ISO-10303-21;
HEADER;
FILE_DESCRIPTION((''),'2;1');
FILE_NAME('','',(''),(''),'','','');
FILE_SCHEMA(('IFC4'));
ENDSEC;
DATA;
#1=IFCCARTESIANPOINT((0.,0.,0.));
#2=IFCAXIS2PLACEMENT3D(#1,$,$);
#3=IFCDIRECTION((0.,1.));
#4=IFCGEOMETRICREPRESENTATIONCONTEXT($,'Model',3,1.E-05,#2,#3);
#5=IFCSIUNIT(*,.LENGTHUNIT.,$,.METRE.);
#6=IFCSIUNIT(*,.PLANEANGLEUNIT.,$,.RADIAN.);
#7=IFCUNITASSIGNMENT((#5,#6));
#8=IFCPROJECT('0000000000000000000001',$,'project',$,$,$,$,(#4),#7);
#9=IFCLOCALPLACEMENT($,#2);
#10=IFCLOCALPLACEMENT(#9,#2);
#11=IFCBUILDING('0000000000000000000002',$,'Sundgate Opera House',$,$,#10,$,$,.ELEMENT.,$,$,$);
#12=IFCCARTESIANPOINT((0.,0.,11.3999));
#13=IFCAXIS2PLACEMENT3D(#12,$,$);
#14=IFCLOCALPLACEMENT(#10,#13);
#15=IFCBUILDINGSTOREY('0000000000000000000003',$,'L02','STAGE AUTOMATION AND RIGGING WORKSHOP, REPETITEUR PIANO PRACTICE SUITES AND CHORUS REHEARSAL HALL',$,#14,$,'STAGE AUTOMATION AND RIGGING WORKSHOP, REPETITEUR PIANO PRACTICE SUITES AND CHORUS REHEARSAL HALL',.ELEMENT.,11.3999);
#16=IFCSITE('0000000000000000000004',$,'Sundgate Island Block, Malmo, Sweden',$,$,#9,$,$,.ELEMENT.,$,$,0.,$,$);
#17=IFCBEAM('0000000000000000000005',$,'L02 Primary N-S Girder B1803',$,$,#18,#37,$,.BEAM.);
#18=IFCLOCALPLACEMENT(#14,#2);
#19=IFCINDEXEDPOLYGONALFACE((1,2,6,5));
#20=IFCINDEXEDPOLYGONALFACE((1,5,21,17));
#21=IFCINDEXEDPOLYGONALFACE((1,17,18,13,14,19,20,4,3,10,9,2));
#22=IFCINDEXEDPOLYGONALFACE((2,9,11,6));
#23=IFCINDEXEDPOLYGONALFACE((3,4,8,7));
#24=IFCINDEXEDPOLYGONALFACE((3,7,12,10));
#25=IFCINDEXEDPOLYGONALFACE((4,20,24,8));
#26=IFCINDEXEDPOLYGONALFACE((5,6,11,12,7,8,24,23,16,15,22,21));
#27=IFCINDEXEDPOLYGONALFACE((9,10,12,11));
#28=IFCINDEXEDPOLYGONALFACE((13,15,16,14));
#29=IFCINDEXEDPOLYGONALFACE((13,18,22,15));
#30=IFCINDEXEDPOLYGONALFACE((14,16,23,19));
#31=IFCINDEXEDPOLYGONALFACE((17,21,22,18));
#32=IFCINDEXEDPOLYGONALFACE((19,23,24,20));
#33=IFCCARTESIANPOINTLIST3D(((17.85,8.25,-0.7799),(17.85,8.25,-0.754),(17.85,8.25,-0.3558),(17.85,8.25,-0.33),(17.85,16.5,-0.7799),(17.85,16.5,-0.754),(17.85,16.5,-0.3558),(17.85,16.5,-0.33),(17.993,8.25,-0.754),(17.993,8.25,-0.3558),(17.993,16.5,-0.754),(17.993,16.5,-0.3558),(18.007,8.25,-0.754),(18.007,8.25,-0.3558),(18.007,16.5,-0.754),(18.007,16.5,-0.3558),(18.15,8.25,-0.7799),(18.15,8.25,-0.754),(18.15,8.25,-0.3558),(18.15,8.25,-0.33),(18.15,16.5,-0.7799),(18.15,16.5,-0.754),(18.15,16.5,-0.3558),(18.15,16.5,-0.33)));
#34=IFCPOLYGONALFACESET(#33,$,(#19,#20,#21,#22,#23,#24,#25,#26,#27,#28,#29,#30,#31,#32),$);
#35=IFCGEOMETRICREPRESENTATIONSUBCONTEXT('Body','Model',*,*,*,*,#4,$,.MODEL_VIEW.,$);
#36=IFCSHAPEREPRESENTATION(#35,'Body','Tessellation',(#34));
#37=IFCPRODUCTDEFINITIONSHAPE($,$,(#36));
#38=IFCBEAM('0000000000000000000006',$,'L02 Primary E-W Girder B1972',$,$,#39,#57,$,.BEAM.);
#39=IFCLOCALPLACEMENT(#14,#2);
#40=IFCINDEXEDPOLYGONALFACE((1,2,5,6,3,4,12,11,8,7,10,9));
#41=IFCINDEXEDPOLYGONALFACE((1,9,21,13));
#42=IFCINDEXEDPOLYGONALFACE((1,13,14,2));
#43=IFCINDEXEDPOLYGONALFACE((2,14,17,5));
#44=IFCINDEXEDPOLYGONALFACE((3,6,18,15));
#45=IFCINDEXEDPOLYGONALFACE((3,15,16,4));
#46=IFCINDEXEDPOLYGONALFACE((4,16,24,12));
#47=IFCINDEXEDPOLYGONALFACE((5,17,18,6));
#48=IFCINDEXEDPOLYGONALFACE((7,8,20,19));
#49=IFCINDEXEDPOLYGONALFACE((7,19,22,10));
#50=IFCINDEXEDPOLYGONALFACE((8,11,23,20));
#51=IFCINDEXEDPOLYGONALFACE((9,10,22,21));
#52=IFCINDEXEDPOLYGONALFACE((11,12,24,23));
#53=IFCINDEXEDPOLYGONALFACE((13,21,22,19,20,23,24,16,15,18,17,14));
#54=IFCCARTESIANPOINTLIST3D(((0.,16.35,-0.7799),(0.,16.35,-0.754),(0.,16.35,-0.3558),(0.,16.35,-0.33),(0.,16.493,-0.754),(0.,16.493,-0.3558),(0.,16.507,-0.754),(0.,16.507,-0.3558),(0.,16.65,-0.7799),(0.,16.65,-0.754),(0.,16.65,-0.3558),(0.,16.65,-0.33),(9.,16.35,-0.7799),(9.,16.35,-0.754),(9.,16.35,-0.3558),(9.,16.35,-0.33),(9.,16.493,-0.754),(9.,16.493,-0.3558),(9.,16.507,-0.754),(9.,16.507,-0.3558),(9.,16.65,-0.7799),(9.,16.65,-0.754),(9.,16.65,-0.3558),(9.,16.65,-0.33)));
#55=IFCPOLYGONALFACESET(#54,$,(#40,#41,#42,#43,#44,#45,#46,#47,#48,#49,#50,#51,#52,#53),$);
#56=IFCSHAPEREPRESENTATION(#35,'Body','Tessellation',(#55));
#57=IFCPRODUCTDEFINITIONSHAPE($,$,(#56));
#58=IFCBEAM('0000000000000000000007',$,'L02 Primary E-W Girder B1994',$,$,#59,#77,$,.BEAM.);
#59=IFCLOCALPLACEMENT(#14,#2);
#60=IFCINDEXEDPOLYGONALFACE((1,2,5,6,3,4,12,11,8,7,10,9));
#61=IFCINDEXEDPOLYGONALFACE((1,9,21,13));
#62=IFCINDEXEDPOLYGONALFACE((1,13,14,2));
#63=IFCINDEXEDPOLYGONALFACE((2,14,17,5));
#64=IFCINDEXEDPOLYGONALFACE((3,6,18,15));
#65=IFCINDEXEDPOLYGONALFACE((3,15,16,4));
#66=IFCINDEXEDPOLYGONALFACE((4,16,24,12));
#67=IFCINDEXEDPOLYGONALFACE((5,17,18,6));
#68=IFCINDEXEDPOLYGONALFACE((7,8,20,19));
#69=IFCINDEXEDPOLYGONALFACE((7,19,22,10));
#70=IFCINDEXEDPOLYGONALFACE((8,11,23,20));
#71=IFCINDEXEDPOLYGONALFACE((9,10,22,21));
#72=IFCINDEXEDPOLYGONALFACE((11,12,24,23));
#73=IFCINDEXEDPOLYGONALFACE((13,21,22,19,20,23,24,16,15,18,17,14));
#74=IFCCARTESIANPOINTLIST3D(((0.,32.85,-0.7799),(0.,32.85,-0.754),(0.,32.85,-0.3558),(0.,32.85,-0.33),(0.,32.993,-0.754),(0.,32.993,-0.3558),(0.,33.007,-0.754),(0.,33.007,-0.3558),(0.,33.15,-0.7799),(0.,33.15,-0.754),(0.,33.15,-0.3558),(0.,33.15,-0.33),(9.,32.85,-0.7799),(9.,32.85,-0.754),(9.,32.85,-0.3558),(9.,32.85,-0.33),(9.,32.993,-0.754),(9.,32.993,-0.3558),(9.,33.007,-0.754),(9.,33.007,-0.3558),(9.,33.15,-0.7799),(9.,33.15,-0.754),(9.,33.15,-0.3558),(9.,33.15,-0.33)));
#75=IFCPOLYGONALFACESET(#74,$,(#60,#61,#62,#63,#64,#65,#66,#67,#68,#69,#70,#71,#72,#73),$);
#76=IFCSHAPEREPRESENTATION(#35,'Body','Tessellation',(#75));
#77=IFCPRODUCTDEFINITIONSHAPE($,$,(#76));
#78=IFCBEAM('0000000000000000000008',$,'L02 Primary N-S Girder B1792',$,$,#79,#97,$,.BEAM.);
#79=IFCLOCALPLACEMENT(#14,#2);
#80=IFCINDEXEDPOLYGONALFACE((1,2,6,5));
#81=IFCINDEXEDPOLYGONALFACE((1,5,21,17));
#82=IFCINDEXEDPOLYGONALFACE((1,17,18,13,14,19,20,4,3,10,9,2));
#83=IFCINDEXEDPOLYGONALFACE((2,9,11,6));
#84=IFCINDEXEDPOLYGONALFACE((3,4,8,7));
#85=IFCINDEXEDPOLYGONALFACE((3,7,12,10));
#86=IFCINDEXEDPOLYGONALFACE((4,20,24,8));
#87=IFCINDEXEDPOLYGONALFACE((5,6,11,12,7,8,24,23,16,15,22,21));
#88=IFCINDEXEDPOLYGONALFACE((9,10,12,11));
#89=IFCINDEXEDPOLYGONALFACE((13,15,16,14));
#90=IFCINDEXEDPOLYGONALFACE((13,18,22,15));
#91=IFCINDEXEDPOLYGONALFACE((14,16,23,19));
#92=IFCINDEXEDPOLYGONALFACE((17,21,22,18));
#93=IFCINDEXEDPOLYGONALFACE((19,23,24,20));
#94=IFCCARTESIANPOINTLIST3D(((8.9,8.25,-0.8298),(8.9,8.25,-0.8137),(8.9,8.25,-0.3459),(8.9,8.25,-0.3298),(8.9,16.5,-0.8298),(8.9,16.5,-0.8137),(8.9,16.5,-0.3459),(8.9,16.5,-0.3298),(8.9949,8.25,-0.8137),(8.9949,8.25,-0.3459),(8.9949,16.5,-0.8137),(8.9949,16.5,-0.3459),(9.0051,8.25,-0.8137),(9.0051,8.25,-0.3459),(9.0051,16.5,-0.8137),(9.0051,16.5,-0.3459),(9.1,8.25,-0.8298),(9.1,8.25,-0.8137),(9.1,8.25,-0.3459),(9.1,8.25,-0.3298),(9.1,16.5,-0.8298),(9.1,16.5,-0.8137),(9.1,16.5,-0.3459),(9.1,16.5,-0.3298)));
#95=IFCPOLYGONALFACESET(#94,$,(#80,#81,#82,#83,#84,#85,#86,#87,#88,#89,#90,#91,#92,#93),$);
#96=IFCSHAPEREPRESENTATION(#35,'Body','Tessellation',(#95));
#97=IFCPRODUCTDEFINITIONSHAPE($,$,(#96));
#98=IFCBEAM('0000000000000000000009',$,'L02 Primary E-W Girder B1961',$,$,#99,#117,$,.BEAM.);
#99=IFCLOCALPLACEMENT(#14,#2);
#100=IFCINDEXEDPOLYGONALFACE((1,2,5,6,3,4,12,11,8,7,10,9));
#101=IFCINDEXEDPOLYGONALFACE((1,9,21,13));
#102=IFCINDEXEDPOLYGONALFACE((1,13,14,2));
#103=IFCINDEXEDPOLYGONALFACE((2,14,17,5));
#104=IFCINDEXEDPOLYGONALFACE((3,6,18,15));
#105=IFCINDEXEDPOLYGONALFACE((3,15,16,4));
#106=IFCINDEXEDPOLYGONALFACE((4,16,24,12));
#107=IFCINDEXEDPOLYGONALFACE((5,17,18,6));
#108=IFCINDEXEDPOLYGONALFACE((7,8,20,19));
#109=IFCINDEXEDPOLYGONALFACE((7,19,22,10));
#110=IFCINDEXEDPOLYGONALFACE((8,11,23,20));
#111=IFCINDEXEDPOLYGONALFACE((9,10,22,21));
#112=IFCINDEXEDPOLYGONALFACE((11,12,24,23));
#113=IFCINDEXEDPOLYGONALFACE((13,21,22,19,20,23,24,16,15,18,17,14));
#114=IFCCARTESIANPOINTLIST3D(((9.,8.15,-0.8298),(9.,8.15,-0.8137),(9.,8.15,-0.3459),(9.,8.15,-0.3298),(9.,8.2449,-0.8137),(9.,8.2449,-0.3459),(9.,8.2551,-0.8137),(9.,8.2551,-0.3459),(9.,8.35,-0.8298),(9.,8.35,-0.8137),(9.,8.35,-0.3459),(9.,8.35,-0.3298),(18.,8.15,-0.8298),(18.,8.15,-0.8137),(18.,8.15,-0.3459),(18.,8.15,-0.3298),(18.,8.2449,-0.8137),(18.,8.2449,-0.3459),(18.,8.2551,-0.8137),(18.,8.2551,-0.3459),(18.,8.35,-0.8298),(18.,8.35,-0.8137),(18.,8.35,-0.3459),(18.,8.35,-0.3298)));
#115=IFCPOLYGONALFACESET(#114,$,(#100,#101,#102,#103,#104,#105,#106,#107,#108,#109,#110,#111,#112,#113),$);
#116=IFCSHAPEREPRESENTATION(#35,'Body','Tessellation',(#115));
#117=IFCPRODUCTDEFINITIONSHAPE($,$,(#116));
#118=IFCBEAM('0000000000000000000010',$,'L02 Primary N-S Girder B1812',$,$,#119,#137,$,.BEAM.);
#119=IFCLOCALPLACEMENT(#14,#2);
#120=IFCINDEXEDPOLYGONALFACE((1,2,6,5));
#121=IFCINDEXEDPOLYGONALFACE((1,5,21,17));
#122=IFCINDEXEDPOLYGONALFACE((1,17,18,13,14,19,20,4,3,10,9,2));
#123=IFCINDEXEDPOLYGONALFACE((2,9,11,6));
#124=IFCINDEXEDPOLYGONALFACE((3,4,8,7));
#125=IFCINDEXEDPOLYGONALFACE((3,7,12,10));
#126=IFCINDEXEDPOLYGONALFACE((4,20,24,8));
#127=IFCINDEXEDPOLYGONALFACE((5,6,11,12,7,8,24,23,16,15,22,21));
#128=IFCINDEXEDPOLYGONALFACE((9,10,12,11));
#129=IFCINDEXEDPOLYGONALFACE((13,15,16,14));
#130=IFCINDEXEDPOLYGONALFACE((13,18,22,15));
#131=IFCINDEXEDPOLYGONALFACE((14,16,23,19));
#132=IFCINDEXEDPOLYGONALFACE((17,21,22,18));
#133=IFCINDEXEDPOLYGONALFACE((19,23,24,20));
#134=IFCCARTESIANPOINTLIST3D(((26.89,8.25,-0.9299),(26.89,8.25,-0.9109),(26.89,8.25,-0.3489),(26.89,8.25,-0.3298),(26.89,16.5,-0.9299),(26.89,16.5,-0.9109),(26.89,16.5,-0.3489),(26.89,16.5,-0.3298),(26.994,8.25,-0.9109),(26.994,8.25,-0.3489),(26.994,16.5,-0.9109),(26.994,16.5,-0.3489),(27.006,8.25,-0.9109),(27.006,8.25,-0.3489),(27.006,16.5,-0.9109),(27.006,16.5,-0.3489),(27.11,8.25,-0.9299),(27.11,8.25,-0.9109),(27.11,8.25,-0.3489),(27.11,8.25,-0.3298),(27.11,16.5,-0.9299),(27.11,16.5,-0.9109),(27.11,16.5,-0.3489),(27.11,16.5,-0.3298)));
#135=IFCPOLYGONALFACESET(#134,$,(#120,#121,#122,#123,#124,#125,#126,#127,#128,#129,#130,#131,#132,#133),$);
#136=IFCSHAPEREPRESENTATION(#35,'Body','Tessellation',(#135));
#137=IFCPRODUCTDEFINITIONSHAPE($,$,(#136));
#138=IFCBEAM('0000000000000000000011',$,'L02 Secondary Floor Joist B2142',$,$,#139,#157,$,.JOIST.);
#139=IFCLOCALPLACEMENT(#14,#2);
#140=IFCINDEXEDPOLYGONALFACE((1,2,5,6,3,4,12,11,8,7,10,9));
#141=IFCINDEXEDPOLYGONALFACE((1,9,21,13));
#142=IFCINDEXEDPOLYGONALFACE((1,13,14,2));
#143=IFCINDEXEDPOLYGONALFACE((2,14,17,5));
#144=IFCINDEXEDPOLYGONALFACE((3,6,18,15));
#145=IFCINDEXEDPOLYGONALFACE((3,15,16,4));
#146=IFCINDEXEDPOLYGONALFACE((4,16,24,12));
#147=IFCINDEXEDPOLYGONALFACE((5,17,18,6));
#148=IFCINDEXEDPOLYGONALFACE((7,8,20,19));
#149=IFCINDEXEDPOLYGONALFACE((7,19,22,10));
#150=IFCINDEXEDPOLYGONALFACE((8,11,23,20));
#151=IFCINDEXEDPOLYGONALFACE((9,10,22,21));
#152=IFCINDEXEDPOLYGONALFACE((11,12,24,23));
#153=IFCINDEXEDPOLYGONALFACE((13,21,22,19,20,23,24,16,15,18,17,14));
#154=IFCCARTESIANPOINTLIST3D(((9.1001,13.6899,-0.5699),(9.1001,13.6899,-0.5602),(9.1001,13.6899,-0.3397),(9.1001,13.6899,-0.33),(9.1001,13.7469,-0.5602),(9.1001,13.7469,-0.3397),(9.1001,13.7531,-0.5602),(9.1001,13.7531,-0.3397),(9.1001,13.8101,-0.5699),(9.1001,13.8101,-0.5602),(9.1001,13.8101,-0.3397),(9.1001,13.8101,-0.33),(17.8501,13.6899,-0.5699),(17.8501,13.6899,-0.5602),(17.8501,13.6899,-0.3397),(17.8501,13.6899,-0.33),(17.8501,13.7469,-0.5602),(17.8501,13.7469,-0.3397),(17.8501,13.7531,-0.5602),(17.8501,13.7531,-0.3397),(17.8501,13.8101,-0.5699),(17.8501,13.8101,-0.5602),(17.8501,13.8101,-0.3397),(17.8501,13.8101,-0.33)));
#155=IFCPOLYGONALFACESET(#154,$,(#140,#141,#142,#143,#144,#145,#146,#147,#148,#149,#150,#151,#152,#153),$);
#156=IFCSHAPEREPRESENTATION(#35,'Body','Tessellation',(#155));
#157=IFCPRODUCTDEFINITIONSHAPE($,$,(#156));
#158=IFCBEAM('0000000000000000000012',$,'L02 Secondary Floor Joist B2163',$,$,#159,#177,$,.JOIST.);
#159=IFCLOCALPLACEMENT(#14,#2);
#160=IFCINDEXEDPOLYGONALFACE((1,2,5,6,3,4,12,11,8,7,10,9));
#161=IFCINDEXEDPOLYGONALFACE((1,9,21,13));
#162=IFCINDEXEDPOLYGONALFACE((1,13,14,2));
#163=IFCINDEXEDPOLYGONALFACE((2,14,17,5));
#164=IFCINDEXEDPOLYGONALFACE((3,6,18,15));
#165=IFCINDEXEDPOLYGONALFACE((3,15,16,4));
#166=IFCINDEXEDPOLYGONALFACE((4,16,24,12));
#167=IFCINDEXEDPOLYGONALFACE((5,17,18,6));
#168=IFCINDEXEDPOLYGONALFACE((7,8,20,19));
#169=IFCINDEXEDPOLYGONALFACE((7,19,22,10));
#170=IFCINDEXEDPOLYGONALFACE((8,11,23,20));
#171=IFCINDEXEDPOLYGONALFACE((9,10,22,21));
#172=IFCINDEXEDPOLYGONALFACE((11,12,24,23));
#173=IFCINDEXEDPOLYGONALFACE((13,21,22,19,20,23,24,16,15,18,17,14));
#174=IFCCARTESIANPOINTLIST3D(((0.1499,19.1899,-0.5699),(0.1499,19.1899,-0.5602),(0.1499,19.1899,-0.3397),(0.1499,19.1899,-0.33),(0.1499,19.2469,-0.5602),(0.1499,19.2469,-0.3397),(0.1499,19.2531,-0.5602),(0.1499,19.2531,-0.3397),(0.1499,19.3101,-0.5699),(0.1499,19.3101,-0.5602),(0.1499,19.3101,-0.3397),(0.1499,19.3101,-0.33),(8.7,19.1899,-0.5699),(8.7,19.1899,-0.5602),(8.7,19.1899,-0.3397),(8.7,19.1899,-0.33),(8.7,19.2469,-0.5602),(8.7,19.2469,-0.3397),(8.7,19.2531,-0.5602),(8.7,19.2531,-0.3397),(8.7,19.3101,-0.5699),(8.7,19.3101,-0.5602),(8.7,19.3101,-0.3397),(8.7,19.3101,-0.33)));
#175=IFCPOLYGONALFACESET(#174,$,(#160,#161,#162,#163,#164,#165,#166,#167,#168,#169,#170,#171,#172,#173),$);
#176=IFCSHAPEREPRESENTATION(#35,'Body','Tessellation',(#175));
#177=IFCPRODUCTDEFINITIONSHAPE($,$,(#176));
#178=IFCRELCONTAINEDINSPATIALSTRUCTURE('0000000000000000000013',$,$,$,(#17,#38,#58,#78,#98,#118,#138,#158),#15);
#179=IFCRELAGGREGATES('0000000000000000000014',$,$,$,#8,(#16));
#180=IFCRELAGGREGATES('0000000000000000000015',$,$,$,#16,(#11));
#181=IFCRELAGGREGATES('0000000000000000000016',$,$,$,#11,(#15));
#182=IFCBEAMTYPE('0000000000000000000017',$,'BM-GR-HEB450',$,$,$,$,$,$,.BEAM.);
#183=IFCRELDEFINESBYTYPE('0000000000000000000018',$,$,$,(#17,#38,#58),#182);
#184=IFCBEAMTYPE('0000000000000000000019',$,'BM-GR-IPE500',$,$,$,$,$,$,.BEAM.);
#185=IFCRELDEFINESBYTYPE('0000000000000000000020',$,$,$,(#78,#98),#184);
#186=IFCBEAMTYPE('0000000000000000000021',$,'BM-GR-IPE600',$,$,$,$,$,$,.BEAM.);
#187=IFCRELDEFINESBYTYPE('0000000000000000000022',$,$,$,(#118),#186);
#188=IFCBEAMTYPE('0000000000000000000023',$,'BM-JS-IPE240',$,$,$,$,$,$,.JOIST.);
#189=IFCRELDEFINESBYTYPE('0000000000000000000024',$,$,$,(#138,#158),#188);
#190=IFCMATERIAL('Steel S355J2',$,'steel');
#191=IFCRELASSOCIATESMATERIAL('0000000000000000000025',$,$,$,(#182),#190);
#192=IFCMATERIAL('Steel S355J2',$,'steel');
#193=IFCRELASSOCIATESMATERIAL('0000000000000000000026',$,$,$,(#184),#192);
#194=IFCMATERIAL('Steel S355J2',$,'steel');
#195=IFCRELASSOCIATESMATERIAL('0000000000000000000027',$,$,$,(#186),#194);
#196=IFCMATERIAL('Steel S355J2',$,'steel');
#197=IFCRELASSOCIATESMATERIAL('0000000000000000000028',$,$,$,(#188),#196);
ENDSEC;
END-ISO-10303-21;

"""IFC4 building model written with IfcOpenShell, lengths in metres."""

from ifc_helpers import new_model, si_unit, direction, frame, origin, origin_2d, place, context, subcontext, project, spatial, i_section, extrude, material, material_profile, profile_set, type_object, element, save


model = new_model("IFC4")

# Units and contexts
model_context = context("Model", 3, precision=1e-05, world=origin(), true_north=direction((0.0, 1.0)))
body_context = subcontext(model_context, "Body", "Model", "MODEL_VIEW")
ifc_project = project(units=[si_unit("LENGTHUNIT", "METRE"), si_unit("PLANEANGLEUNIT", "RADIAN")], contexts=[model_context])

# Site, building, storey
site_placement = place(None, origin())
site = spatial("IfcSite", under=ifc_project, at=site_placement, Name="Sundgate Island Block, Malmo, Sweden", CompositionType="ELEMENT", RefElevation=0.0)
building_placement = place(site_placement, origin())
building = spatial("IfcBuilding", under=site, at=building_placement, Name="Sundgate Opera House", CompositionType="ELEMENT")
storey_placement = place(building_placement, frame((0.0, 0.0, 11.3999)))
storey = spatial("IfcBuildingStorey", under=building, at=storey_placement, Name="L02", Description="STAGE AUTOMATION AND RIGGING WORKSHOP, REPETITEUR PIANO PRACTICE SUITES AND CHORUS REHEARSAL HALL", LongName="STAGE AUTOMATION AND RIGGING WORKSHOP, REPETITEUR PIANO PRACTICE SUITES AND CHORUS REHEARSAL HALL", CompositionType="ELEMENT", Elevation=11.3999)

# Beams
ifc_material_1 = material(Name="Steel S355J2", Category="steel")
ifc_material_profile_1 = material_profile(ifc_material_1, i_section(OverallWidth=0.3, OverallDepth=0.45, WebThickness=0.0139, FlangeThickness=0.0259, at=origin_2d()), Name="HEB 450")
ifc_profile_set_1 = profile_set([ifc_material_profile_1], Name="Steel S355J2")
beam_type_1 = type_object("IfcBeamType", Name="BM-GR-HEB450", PredefinedType="BEAM", material=ifc_profile_set_1)
beam_1_placement = place(storey_placement, frame((18.0, 8.25, -0.5549), z_axis=(0.0, 1.0, 0.0), x_axis=(-1.0, 0.0, 0.0)))
element("IfcBeam", 1, at=beam_1_placement, inside=storey, type_object=beam_type_1, Name="L02 Primary N-S Girder B1803", PredefinedType="BEAM", context=body_context, shape_type="SweptSolid", body=[
    extrude(i_section(OverallWidth=0.3, OverallDepth=0.45, WebThickness=0.0139, FlangeThickness=0.0259, at=origin_2d()), origin(), (0.0, 0.0, 1.0), 8.25),
])
for number, where, z_axis, x_axis, name in (
    (2, (0.0, 16.5, -0.5549), (1.0, 0.0, 0.0), (0.0, 1.0, 0.0), "L02 Primary E-W Girder B1972"),
    (3, (0.0, 33.0, -0.5549), (1.0, 0.0, 0.0), (0.0, 1.0, 0.0), "L02 Primary E-W Girder B1994"),
):
    element("IfcBeam", number, at=place(storey_placement, frame(where, z_axis=z_axis, x_axis=x_axis)), inside=storey, type_object=beam_type_1, Name=name, PredefinedType="BEAM", context=body_context, shape_type="SweptSolid", body=[
        extrude(i_section(OverallWidth=0.3, OverallDepth=0.45, WebThickness=0.0139, FlangeThickness=0.0259, at=origin_2d()), origin(), (0.0, 0.0, 1.0), 9.0),
    ])
ifc_material_2 = material(Name="Steel S355J2", Category="steel")
ifc_material_profile_2 = material_profile(ifc_material_2, i_section(OverallWidth=0.2, OverallDepth=0.5, WebThickness=0.0103, FlangeThickness=0.0161, at=origin_2d()), Name="IPE 500")
ifc_profile_set_2 = profile_set([ifc_material_profile_2], Name="Steel S355J2")
beam_type_2 = type_object("IfcBeamType", Name="BM-GR-IPE500", PredefinedType="BEAM", material=ifc_profile_set_2)
beam_2_placement = place(storey_placement, frame((9.0, 8.25, -0.5798), z_axis=(0.0, 1.0, 0.0), x_axis=(-1.0, 0.0, 0.0)))
element("IfcBeam", 4, at=beam_2_placement, inside=storey, type_object=beam_type_2, Name="L02 Primary N-S Girder B1792", PredefinedType="BEAM", context=body_context, shape_type="SweptSolid", body=[
    extrude(i_section(OverallWidth=0.2, OverallDepth=0.5, WebThickness=0.0103, FlangeThickness=0.0161, at=origin_2d()), origin(), (0.0, 0.0, 1.0), 8.25),
])
beam_3_placement = place(storey_placement, frame((9.0, 8.25, -0.5798), z_axis=(1.0, 0.0, 0.0), x_axis=(0.0, 1.0, 0.0)))
element("IfcBeam", 5, at=beam_3_placement, inside=storey, type_object=beam_type_2, Name="L02 Primary E-W Girder B1961", PredefinedType="BEAM", context=body_context, shape_type="SweptSolid", body=[
    extrude(i_section(OverallWidth=0.2, OverallDepth=0.5, WebThickness=0.0103, FlangeThickness=0.0161, at=origin_2d()), origin(), (0.0, 0.0, 1.0), 9.0),
])
ifc_material_3 = material(Name="Steel S355J2", Category="steel")
ifc_material_profile_3 = material_profile(ifc_material_3, i_section(OverallWidth=0.22, OverallDepth=0.6001, WebThickness=0.012, FlangeThickness=0.019, at=origin_2d()), Name="IPE 600")
ifc_profile_set_3 = profile_set([ifc_material_profile_3], Name="Steel S355J2")
beam_type_3 = type_object("IfcBeamType", Name="BM-GR-IPE600", PredefinedType="BEAM", material=ifc_profile_set_3)
beam_4_placement = place(storey_placement, frame((27.0, 8.25, -0.6299), z_axis=(0.0, 1.0, 0.0), x_axis=(-1.0, 0.0, 0.0)))
element("IfcBeam", 6, at=beam_4_placement, inside=storey, type_object=beam_type_3, Name="L02 Primary N-S Girder B1812", PredefinedType="BEAM", context=body_context, shape_type="SweptSolid", body=[
    extrude(i_section(OverallWidth=0.22, OverallDepth=0.6001, WebThickness=0.012, FlangeThickness=0.019, at=origin_2d()), origin(), (0.0, 0.0, 1.0), 8.25),
])
ifc_material_4 = material(Name="Steel S355J2", Category="steel")
ifc_material_profile_4 = material_profile(ifc_material_4, i_section(OverallWidth=0.1201, OverallDepth=0.24, WebThickness=0.0061, FlangeThickness=0.0098, at=origin_2d()), Name="IPE 240")
ifc_profile_set_4 = profile_set([ifc_material_profile_4], Name="Steel S355J2")
beam_type_4 = type_object("IfcBeamType", Name="BM-JS-IPE240", PredefinedType="JOIST", material=ifc_profile_set_4)
beam_5_placement = place(storey_placement, frame((9.1001, 13.75, -0.45), z_axis=(1.0, 0.0, 0.0), x_axis=(0.0, 1.0, 0.0)))
element("IfcBeam", 7, at=beam_5_placement, inside=storey, type_object=beam_type_4, Name="L02 Secondary Floor Joist B2142", PredefinedType="JOIST", context=body_context, shape_type="SweptSolid", body=[
    extrude(i_section(OverallWidth=0.1201, OverallDepth=0.24, WebThickness=0.0061, FlangeThickness=0.0098, at=origin_2d()), origin(), (0.0, 0.0, 1.0), 8.75),
])
beam_6_placement = place(storey_placement, frame((0.1499, 19.25, -0.45), z_axis=(1.0, 0.0, 0.0), x_axis=(0.0, 1.0, 0.0)))
element("IfcBeam", 8, at=beam_6_placement, inside=storey, type_object=beam_type_4, Name="L02 Secondary Floor Joist B2163", PredefinedType="JOIST", context=body_context, shape_type="SweptSolid", body=[
    extrude(i_section(OverallWidth=0.1201, OverallDepth=0.24, WebThickness=0.0061, FlangeThickness=0.0098, at=origin_2d()), origin(), (0.0, 0.0, 1.0), 8.55),
])

save(model, "model.ifc")
